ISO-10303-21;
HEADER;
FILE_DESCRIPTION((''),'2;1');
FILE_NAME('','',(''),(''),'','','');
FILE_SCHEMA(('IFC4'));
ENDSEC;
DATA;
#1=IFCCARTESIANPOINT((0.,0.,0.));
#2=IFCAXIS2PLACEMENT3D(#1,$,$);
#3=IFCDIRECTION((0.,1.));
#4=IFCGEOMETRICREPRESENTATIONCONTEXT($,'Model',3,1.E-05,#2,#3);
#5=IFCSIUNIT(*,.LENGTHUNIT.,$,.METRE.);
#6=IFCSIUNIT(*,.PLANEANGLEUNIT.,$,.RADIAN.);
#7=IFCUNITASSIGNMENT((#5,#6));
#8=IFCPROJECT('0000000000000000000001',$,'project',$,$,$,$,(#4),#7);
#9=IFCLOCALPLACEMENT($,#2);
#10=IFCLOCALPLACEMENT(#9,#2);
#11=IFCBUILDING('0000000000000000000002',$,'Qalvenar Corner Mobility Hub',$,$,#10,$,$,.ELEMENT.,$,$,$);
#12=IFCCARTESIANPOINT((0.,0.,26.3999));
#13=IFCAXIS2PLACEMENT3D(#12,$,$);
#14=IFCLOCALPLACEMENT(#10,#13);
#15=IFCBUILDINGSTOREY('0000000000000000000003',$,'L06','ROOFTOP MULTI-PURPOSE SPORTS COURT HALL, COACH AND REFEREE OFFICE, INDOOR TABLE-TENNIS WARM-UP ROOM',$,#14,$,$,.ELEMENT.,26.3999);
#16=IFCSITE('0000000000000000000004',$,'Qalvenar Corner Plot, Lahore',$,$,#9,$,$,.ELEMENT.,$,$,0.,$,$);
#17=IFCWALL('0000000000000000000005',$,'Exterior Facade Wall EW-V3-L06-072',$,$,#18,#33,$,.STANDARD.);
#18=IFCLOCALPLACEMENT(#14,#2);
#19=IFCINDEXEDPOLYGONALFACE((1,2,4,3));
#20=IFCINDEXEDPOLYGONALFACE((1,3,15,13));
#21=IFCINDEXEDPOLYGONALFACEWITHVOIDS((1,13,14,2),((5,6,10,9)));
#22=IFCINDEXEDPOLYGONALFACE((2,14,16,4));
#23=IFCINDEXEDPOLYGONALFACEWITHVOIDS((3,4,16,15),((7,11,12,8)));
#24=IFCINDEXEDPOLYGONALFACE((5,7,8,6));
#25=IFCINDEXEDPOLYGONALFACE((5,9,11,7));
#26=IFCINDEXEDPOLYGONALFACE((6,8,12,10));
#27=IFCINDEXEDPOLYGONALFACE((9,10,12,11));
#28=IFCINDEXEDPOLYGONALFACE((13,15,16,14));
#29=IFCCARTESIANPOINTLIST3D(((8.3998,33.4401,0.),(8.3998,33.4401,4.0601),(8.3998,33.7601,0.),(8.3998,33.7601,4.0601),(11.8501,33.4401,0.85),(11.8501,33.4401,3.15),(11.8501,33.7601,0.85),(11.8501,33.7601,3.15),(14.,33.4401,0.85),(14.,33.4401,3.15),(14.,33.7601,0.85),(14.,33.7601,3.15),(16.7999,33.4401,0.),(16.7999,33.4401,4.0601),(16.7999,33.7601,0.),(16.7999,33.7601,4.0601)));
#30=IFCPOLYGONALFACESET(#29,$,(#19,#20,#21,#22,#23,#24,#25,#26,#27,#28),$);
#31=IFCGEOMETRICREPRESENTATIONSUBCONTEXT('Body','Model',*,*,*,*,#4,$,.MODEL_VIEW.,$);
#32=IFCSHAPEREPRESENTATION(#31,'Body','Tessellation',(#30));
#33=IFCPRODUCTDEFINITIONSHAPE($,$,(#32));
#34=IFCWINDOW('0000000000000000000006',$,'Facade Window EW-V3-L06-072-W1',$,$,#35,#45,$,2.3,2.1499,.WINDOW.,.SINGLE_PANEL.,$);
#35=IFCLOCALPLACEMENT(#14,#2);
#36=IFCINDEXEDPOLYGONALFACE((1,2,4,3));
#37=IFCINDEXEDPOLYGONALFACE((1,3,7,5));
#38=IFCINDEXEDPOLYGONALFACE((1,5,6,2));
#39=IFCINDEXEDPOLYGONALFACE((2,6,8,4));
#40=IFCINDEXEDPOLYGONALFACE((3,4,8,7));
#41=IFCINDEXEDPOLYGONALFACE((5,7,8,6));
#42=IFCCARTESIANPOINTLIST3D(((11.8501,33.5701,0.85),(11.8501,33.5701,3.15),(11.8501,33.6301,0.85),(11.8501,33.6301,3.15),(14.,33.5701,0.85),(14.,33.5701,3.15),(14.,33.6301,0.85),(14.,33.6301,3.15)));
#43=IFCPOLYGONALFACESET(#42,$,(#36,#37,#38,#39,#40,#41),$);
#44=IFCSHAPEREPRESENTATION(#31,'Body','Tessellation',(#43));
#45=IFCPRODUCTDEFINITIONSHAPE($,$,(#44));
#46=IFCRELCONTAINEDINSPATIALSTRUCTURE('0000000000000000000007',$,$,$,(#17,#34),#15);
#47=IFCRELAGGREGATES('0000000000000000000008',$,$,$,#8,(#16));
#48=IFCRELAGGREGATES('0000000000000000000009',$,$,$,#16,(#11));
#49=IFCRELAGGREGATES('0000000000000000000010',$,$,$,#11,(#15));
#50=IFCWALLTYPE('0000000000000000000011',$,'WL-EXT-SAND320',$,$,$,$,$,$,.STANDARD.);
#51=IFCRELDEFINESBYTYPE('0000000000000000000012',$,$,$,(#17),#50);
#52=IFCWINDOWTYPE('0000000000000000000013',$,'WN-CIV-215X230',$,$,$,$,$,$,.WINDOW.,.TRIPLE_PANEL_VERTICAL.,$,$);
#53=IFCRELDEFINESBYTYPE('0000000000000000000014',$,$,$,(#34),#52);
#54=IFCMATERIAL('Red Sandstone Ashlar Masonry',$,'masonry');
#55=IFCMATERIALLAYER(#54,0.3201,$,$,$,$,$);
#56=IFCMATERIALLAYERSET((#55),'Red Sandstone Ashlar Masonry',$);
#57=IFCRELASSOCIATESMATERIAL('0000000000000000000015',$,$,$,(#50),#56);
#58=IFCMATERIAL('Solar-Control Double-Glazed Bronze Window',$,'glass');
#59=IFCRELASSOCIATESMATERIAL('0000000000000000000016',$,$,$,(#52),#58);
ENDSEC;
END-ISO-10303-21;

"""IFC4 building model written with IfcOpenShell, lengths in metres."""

from ifc_helpers import new_model, si_unit, direction, frame, frame_2d, origin, place, context, subcontext, project, spatial, rectangle, extrude, material, layer, layer_set, type_object, element, fill, save


model = new_model("IFC4")

# Units and contexts
model_context = context("Model", 3, precision=1e-05, world=origin(), true_north=direction((0.0, 1.0)))
body_context = subcontext(model_context, "Body", "Model", "MODEL_VIEW")
ifc_project = project(units=[si_unit("LENGTHUNIT", "METRE"), si_unit("PLANEANGLEUNIT", "RADIAN")], contexts=[model_context])

# Site, building, storey
site_placement = place(None, origin())
site = spatial("IfcSite", under=ifc_project, at=site_placement, Name="Qalvenar Corner Plot, Lahore", CompositionType="ELEMENT", RefElevation=0.0)
building_placement = place(site_placement, origin())
building = spatial("IfcBuilding", under=site, at=building_placement, Name="Qalvenar Corner Mobility Hub", CompositionType="ELEMENT")
storey_placement = place(building_placement, frame((0.0, 0.0, 26.3999)))
storey = spatial("IfcBuildingStorey", under=building, at=storey_placement, Name="L06", Description="ROOFTOP MULTI-PURPOSE SPORTS COURT HALL, COACH AND REFEREE OFFICE, INDOOR TABLE-TENNIS WARM-UP ROOM", CompositionType="ELEMENT", Elevation=26.3999)

# Wall, opening, window
ifc_material_1 = material(Name="Red Sandstone Ashlar Masonry", Category="masonry")
ifc_layer_1 = layer(ifc_material_1, 0.3201)
ifc_layer_set_1 = layer_set([ifc_layer_1], Name="Red Sandstone Ashlar Masonry")
wall_type = type_object("IfcWallType", Name="WL-EXT-SAND320", PredefinedType="STANDARD", material=ifc_layer_set_1)
wall_placement = place(storey_placement, frame((16.8, 33.6001, 0.0), z_axis=(0.0, 0.0, 1.0), x_axis=(-1.0, 0.0, 0.0)))
wall = element("IfcWall", 1, at=wall_placement, inside=storey, type_object=wall_type, Name="Exterior Facade Wall EW-V3-L06-072", PredefinedType="STANDARD", context=body_context, shape_type="SweptSolid", body=[
    extrude(rectangle(XDim=8.4001, YDim=0.3201, at=frame_2d((4.2002, 0.0))), origin(), (0.0, 0.0, 1.0), 4.0601),
])
opening_placement = place(wall_placement, frame((2.8, 0.0, 0.8501)))
opening = element("IfcOpeningElement", 2, at=opening_placement, cuts=wall, PredefinedType="OPENING", context=body_context, shape_type="SweptSolid", body=[
    extrude(rectangle(XDim=2.1499, YDim=2.3, at=frame_2d((1.075, 1.1499))), frame((0.0, 0.1699, 0.0), z_axis=(0.0, -1.0, 0.0), x_axis=(1.0, 0.0, 0.0)), (0.0, 0.0, 1.0), 0.3401),
])
ifc_material_2 = material(Name="Solar-Control Double-Glazed Bronze Window", Category="glass")
window_type = type_object("IfcWindowType", Name="WN-CIV-215X230", PartitioningType="TRIPLE_PANEL_VERTICAL", PredefinedType="WINDOW", material=ifc_material_2)
window_placement = place(opening_placement, origin())
window = element("IfcWindow", 3, at=window_placement, inside=storey, type_object=window_type, Name="Facade Window EW-V3-L06-072-W1", OverallHeight=2.3, OverallWidth=2.1499, PartitioningType="SINGLE_PANEL", PredefinedType="WINDOW", context=body_context, shape_type="SweptSolid", body=[
    extrude(rectangle(XDim=2.1499, YDim=2.3, at=frame_2d((1.075, 1.1499))), frame((0.0, 0.03, 0.0), z_axis=(0.0, -1.0, 0.0), x_axis=(1.0, 0.0, 0.0)), (0.0, 0.0, 1.0), 0.0601),
])
fill(opening, window)

save(model, "model.ifc")
